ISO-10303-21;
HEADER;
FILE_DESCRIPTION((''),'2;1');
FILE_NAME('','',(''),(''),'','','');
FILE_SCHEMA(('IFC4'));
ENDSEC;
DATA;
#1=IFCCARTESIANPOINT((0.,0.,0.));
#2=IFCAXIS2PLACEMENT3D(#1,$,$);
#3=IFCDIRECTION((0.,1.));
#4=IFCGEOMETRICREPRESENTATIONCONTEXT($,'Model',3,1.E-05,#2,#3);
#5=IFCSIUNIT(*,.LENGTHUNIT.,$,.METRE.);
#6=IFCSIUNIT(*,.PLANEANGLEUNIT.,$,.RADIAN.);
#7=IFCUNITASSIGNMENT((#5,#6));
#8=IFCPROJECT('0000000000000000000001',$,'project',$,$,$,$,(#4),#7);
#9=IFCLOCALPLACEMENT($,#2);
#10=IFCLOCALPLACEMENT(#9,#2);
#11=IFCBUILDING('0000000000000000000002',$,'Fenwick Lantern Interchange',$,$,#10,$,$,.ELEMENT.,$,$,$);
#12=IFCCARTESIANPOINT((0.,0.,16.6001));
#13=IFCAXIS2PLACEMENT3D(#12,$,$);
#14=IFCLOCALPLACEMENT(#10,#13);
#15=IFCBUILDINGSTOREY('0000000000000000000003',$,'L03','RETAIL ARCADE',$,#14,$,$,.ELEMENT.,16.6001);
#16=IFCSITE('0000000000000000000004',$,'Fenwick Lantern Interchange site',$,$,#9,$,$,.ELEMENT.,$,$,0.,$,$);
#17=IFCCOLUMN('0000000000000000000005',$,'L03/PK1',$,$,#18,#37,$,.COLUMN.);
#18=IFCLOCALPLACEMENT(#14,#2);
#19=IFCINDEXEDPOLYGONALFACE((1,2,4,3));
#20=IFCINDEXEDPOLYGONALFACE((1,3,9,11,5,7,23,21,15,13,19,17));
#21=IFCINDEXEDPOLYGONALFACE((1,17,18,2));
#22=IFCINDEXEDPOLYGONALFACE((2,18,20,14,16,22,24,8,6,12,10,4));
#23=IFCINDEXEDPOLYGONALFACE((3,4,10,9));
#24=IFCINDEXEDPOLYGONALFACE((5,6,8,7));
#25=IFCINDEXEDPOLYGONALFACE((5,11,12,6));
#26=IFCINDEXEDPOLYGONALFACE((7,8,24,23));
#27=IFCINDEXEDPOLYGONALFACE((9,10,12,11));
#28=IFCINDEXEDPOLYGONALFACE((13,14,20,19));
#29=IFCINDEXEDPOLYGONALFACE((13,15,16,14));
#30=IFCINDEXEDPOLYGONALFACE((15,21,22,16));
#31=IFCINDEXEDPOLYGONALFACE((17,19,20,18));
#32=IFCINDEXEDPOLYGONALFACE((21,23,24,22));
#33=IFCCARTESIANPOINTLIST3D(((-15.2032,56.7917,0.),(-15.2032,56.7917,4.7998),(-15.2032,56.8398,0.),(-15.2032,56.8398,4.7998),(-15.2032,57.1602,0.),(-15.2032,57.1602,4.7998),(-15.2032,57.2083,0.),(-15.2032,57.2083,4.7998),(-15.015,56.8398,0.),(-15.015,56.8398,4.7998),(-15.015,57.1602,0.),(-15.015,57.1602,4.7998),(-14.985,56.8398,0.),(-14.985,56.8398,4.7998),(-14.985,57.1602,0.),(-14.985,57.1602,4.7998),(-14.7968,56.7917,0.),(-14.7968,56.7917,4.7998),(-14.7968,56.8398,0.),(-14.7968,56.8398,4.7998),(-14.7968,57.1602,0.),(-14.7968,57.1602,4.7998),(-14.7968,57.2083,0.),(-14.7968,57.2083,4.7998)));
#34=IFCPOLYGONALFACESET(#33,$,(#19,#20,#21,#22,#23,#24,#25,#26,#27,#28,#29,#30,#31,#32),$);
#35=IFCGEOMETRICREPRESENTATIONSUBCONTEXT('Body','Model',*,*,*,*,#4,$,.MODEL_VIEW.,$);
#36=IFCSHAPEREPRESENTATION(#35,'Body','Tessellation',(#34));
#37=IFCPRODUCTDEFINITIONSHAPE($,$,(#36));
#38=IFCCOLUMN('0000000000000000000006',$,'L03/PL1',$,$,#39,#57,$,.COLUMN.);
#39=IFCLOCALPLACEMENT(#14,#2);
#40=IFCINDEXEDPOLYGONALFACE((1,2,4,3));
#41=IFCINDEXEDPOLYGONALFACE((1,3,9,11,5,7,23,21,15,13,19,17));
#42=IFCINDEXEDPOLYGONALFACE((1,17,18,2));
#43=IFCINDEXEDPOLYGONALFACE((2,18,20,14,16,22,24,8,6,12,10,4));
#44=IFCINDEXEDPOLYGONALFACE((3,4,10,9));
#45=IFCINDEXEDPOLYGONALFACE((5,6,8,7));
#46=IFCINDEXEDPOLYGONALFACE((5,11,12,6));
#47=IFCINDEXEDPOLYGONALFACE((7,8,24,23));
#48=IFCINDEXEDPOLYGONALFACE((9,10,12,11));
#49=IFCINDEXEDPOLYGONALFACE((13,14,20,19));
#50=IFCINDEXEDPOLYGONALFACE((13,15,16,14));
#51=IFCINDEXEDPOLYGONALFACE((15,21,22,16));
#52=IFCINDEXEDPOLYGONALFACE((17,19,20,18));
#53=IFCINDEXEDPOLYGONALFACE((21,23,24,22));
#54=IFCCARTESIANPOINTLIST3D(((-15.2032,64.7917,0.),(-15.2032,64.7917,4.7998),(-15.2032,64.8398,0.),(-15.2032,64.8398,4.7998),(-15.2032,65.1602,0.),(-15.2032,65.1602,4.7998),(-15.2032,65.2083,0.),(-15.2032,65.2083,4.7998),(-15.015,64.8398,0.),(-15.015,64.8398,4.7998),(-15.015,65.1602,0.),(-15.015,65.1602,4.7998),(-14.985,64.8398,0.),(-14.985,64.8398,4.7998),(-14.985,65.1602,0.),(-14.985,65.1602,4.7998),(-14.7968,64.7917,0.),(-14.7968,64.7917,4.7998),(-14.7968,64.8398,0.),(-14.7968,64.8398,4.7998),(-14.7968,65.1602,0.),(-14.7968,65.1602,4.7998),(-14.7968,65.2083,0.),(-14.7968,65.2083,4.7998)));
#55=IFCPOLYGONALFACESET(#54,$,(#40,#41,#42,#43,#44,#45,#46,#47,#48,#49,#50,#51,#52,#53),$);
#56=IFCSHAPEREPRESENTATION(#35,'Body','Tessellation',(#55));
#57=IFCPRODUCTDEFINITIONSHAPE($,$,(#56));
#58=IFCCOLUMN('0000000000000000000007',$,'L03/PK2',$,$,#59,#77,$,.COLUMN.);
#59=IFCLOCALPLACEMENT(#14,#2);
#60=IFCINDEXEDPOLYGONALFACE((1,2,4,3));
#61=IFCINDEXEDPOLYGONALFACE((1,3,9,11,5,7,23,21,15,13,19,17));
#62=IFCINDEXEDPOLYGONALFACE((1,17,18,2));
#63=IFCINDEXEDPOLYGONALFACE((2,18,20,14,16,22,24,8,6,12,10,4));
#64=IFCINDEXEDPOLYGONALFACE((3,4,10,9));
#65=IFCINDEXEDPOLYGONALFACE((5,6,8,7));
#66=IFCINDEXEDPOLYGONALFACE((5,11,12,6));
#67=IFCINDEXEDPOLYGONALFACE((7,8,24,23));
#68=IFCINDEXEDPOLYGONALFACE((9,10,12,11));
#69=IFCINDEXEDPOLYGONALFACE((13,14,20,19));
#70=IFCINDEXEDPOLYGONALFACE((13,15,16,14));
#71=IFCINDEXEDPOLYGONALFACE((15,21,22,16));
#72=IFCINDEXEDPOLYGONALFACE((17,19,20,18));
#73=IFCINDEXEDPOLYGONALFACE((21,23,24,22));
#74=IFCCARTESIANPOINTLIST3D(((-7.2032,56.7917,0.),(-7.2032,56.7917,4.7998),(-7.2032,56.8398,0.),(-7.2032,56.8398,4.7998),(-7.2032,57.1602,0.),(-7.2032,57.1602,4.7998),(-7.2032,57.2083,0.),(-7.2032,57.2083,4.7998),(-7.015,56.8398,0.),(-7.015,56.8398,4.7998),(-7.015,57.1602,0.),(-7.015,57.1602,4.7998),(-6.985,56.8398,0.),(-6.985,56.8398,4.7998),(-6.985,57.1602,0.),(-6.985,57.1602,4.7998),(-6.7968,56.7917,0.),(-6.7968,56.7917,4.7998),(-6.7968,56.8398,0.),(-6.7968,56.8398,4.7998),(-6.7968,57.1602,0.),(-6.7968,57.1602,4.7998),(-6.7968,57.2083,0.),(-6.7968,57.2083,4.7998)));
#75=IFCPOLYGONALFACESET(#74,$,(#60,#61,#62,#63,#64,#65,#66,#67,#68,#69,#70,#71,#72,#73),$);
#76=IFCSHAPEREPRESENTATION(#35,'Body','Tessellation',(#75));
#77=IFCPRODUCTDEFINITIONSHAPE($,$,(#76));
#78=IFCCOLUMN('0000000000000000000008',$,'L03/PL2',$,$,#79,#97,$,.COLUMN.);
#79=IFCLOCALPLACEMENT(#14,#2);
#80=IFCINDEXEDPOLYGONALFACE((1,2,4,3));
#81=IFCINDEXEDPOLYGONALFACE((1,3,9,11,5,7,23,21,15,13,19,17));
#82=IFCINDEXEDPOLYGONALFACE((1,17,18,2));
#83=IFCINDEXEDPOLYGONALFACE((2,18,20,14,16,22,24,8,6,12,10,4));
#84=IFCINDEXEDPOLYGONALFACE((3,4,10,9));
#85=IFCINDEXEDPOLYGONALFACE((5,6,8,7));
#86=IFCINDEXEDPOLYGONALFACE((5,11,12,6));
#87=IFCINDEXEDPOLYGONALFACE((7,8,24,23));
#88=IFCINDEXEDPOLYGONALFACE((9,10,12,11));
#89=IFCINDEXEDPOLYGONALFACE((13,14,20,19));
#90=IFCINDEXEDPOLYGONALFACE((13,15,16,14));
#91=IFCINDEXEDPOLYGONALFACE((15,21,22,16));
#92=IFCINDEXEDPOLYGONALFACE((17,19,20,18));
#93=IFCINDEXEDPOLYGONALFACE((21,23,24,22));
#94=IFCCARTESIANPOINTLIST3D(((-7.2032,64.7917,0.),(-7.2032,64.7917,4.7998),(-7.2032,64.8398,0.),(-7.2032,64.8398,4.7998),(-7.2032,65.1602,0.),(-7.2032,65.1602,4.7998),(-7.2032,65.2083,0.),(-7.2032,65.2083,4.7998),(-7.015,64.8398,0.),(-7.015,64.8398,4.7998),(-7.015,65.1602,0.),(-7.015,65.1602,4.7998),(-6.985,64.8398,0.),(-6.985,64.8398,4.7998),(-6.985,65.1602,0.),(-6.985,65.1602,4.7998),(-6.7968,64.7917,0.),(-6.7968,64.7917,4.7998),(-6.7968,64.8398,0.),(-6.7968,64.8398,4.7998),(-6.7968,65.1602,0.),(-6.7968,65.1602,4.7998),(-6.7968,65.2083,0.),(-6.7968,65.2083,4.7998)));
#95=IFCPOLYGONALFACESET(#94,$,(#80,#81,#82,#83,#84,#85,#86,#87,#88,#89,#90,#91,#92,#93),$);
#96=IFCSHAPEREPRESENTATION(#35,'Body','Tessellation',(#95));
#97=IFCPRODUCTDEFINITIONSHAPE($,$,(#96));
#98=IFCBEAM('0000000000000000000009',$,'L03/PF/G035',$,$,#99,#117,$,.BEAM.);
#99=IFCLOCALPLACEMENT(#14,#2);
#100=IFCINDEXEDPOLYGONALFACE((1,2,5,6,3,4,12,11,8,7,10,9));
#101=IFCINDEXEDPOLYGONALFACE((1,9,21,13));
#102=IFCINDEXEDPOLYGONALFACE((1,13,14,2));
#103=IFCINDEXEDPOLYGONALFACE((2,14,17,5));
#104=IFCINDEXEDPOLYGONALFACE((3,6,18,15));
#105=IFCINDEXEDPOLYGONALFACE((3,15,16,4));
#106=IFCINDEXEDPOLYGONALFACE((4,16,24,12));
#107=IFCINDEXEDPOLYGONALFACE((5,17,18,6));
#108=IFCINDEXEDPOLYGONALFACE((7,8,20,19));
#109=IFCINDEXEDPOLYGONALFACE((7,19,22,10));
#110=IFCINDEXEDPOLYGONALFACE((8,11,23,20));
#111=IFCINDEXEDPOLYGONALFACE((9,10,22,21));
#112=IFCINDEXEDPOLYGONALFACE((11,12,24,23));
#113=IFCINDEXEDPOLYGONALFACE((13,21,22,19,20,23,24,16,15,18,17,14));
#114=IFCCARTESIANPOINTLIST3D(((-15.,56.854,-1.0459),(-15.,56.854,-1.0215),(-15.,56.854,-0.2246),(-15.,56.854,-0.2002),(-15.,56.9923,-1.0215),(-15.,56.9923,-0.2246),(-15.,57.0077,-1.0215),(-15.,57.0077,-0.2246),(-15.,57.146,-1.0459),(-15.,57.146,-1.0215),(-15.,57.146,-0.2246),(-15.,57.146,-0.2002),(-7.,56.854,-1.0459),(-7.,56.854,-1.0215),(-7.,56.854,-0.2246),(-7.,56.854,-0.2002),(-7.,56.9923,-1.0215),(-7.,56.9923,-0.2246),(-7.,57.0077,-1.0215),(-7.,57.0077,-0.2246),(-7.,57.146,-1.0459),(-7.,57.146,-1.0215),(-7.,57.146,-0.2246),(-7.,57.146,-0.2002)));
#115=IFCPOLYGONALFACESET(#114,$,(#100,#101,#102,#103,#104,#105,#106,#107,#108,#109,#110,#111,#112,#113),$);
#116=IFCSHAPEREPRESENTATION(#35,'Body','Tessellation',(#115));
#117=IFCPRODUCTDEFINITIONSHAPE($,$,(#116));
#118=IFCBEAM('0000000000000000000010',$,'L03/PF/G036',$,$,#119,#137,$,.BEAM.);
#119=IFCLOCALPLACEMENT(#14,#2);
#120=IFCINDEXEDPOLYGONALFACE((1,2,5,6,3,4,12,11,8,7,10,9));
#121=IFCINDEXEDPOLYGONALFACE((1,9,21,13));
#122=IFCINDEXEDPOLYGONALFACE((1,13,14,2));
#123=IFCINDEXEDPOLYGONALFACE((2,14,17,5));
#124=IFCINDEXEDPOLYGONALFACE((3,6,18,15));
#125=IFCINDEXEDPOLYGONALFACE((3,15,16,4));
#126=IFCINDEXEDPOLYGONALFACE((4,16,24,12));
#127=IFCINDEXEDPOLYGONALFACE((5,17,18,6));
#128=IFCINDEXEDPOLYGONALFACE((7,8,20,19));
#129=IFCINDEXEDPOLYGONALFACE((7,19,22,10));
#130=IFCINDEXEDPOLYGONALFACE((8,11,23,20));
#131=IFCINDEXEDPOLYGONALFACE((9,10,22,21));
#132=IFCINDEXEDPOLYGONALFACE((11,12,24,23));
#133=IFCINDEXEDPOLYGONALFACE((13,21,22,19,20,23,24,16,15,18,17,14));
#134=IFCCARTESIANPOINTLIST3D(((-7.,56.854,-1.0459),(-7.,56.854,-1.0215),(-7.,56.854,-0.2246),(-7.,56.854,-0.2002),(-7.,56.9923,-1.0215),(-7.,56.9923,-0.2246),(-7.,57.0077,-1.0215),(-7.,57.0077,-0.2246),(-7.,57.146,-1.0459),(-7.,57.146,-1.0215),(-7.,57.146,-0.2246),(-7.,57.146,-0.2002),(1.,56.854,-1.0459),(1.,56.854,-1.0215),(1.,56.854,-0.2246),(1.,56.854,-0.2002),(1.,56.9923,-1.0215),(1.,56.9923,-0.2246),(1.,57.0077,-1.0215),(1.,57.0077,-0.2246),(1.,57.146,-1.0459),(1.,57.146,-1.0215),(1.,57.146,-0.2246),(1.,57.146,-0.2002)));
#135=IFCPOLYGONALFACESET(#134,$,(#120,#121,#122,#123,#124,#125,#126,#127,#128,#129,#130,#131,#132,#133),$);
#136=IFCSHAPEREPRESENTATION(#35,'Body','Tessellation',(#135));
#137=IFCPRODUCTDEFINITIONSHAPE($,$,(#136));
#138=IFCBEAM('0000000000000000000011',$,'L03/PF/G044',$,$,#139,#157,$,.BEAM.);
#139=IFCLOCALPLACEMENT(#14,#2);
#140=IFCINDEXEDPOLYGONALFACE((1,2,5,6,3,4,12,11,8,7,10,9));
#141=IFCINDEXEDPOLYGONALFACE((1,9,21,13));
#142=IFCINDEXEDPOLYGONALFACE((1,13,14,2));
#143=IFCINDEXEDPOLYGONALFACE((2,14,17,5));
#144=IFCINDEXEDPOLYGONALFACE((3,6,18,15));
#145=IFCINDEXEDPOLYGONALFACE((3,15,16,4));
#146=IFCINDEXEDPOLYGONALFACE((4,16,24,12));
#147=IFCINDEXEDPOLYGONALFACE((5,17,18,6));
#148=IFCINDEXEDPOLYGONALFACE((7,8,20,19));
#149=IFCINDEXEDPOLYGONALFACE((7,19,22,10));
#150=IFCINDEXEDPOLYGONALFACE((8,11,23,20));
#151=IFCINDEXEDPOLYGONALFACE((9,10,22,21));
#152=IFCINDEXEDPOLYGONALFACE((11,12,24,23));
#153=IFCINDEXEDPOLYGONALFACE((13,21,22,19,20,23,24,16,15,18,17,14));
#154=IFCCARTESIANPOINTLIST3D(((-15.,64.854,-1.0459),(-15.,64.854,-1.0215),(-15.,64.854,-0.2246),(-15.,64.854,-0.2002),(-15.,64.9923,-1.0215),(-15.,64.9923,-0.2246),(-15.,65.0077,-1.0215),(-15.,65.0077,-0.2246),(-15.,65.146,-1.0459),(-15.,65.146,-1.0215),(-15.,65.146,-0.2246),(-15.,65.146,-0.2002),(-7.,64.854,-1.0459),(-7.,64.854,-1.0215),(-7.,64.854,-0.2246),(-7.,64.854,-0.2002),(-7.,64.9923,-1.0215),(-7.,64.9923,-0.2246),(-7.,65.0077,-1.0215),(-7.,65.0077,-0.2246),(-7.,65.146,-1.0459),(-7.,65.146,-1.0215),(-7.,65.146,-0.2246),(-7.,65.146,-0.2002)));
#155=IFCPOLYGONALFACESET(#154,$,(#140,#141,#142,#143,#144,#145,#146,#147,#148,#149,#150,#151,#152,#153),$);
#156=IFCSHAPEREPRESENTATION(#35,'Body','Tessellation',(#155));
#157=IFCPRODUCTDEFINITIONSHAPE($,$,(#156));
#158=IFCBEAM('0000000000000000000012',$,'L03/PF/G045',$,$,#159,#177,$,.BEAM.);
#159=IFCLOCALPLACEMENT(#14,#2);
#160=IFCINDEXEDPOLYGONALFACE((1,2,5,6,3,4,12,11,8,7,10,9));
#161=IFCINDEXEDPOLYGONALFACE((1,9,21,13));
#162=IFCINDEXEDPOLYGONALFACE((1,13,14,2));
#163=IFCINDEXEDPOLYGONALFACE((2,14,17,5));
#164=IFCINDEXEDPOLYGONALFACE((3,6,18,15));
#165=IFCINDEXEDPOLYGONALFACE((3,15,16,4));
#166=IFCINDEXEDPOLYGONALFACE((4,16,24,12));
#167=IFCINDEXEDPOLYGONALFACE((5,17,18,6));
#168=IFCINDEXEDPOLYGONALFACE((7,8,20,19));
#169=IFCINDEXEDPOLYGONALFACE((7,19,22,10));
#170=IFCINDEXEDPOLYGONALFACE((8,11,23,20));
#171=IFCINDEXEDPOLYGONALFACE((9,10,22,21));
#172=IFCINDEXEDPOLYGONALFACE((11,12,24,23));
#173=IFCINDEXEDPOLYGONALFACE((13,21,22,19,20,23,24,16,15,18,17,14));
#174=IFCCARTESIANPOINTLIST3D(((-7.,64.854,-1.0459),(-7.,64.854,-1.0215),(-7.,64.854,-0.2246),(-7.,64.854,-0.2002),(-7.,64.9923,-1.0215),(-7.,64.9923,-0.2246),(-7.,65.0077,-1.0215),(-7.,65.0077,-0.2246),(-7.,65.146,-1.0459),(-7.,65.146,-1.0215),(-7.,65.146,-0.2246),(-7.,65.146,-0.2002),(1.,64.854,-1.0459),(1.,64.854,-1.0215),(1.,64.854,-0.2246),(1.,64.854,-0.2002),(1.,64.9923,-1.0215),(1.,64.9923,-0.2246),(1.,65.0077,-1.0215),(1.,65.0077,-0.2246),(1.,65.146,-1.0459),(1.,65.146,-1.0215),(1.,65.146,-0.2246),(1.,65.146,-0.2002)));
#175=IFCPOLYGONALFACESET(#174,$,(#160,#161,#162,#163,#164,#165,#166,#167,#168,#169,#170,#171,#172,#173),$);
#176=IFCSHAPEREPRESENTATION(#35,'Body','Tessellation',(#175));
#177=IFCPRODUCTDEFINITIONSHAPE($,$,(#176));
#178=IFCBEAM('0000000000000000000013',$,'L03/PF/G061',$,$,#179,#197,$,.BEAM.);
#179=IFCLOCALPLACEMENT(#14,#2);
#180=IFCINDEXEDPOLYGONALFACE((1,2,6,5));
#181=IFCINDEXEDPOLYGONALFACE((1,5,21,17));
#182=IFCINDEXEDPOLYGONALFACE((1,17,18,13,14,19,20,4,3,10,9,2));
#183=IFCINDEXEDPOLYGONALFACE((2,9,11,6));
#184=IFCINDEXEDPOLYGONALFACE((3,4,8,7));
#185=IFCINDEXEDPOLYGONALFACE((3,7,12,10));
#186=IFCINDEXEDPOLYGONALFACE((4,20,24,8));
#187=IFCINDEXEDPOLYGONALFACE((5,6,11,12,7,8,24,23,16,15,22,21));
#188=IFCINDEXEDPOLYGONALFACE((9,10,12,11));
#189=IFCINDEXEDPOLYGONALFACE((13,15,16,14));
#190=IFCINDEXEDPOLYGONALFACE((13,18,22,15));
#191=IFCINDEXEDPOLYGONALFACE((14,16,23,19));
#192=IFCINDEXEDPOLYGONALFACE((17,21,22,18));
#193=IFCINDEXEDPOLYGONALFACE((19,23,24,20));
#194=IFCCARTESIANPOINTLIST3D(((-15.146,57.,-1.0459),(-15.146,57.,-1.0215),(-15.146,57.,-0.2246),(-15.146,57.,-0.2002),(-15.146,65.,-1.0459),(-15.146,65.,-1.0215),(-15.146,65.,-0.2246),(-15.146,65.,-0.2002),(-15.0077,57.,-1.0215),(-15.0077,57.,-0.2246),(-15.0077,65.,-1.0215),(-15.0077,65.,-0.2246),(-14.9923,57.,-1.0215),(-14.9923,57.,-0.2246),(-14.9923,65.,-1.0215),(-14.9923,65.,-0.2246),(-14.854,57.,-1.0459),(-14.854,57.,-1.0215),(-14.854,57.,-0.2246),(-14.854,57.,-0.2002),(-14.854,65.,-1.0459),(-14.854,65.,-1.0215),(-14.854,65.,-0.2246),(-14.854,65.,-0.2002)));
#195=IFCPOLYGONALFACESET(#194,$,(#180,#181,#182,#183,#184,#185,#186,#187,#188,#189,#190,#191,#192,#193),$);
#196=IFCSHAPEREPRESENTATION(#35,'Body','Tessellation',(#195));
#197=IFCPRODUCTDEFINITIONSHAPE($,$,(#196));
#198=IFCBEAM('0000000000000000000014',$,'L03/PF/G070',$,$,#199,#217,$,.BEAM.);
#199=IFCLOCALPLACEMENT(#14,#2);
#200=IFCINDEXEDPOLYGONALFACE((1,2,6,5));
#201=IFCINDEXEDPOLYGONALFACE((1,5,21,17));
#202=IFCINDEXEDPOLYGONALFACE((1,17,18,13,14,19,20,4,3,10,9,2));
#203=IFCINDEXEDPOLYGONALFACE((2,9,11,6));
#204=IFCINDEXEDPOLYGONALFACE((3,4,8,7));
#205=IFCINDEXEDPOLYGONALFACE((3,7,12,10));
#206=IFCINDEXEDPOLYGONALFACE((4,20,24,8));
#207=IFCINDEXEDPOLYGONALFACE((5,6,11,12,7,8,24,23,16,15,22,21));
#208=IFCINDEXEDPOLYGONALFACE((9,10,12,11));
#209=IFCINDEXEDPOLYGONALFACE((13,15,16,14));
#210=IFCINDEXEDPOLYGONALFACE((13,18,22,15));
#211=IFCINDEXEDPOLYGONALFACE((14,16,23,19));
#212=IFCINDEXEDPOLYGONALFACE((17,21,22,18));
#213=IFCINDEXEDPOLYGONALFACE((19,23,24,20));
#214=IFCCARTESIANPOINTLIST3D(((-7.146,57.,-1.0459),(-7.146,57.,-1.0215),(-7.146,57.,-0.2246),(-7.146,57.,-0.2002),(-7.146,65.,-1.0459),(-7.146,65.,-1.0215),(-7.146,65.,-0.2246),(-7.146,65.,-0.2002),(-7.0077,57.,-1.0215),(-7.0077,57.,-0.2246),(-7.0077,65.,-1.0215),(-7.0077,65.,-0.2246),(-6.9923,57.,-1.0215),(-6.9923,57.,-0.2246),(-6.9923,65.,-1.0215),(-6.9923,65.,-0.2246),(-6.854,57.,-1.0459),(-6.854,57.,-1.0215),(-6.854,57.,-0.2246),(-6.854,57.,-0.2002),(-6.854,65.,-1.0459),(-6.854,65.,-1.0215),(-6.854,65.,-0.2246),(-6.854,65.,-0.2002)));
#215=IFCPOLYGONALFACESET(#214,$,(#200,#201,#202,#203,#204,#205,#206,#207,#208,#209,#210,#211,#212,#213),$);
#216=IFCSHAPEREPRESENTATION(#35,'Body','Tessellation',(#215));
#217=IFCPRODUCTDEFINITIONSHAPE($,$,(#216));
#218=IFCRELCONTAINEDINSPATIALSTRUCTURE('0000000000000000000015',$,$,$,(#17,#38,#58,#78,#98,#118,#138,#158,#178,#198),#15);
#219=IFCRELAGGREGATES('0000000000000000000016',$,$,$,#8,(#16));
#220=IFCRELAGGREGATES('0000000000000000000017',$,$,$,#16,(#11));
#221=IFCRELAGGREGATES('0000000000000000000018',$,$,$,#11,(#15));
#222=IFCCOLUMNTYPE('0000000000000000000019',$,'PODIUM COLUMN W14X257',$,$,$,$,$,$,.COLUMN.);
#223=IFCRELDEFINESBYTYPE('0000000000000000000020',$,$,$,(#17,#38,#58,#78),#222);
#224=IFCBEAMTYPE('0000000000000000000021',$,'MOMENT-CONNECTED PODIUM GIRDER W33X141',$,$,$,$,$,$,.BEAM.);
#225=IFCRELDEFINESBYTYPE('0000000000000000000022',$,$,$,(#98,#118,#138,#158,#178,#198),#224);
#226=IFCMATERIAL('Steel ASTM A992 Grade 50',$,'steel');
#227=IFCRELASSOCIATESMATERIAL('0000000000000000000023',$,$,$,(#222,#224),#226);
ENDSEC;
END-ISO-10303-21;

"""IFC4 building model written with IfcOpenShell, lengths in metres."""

from ifc_helpers import new_model, si_unit, direction, frame, origin, origin_2d, place, context, subcontext, project, spatial, i_section, extrude, material, material_profile, profile_set, type_object, element, save


model = new_model("IFC4")

# Units and contexts
model_context = context("Model", 3, precision=1e-05, world=origin(), true_north=direction((0.0, 1.0)))
body_context = subcontext(model_context, "Body", "Model", "MODEL_VIEW")
ifc_project = project(units=[si_unit("LENGTHUNIT", "METRE"), si_unit("PLANEANGLEUNIT", "RADIAN")], contexts=[model_context])

# Site, building, storey
site_placement = place(None, origin())
site = spatial("IfcSite", under=ifc_project, at=site_placement, Name="Fenwick Lantern Interchange site", CompositionType="ELEMENT", RefElevation=0.0)
building_placement = place(site_placement, origin())
building = spatial("IfcBuilding", under=site, at=building_placement, Name="Fenwick Lantern Interchange", CompositionType="ELEMENT")
storey_placement = place(building_placement, frame((0.0, 0.0, 16.6001)))
storey = spatial("IfcBuildingStorey", under=building, at=storey_placement, Name="L03", Description="RETAIL ARCADE", CompositionType="ELEMENT", Elevation=16.6001)

# Columns
ifc_material_1 = material(Name="Steel ASTM A992 Grade 50", Category="steel")
ifc_material_profile_1 = material_profile(ifc_material_1, i_section(OverallWidth=0.4065, OverallDepth=0.4165, WebThickness=0.03, FlangeThickness=0.0481, at=origin_2d()), Name="W14X257")
ifc_profile_set_1 = profile_set([ifc_material_profile_1], Name="Steel ASTM A992 Grade 50")
column_type = type_object("IfcColumnType", Name="PODIUM COLUMN W14X257", PredefinedType="COLUMN", material=ifc_profile_set_1)
for number, where, z_axis, x_axis, name in (
    (1, (-15.0, 57.0, 0.0), (0.0, 0.0, 1.0), (1.0, 0.0, 0.0), "L03/PK1"),
    (2, (-15.0, 65.0, 0.0), (0.0, 0.0, 1.0), (1.0, 0.0, 0.0), "L03/PL1"),
    (3, (-7.0, 57.0, 0.0), (0.0, 0.0, 1.0), (1.0, 0.0, 0.0), "L03/PK2"),
    (4, (-7.0, 65.0, 0.0), (0.0, 0.0, 1.0), (1.0, 0.0, 0.0), "L03/PL2"),
):
    element("IfcColumn", number, at=place(storey_placement, frame(where, z_axis=z_axis, x_axis=x_axis)), inside=storey, type_object=column_type, Name=name, PredefinedType="COLUMN", context=body_context, shape_type="SweptSolid", body=[
        extrude(i_section(OverallWidth=0.4065, OverallDepth=0.4165, WebThickness=0.03, FlangeThickness=0.0481, at=origin_2d()), origin(), (0.0, 0.0, 1.0), 4.7998),
    ])

# Beams
ifc_material_profile_2 = material_profile(ifc_material_1, i_section(OverallWidth=0.292, OverallDepth=0.8457, WebThickness=0.0154, FlangeThickness=0.0244, at=origin_2d()), Name="W33X141")
ifc_profile_set_2 = profile_set([ifc_material_profile_2], Name="Steel ASTM A992 Grade 50")
beam_type_1 = type_object("IfcBeamType", Name="MOMENT-CONNECTED PODIUM GIRDER W33X141", PredefinedType="BEAM", material=ifc_profile_set_2)
for number, where, z_axis, x_axis, name in (
    (5, (-15.0, 57.0, -0.623), (1.0, 0.0, 0.0), (0.0, 1.0, 0.0), "L03/PF/G035"),
    (6, (-7.0, 57.0, -0.623), (1.0, 0.0, 0.0), (0.0, 1.0, 0.0), "L03/PF/G036"),
    (7, (-15.0, 65.0, -0.623), (1.0, 0.0, 0.0), (0.0, 1.0, 0.0), "L03/PF/G044"),
    (8, (-7.0, 65.0, -0.623), (1.0, 0.0, 0.0), (0.0, 1.0, 0.0), "L03/PF/G045"),
    (9, (-15.0, 57.0, -0.623), (0.0, 1.0, 0.0), (-1.0, 0.0, 0.0), "L03/PF/G061"),
    (10, (-7.0, 57.0, -0.623), (0.0, 1.0, 0.0), (-1.0, 0.0, 0.0), "L03/PF/G070"),
):
    element("IfcBeam", number, at=place(storey_placement, frame(where, z_axis=z_axis, x_axis=x_axis)), inside=storey, type_object=beam_type_1, Name=name, PredefinedType="BEAM", context=body_context, shape_type="SweptSolid", body=[
        extrude(i_section(OverallWidth=0.292, OverallDepth=0.8457, WebThickness=0.0154, FlangeThickness=0.0244, at=origin_2d()), origin(), (0.0, 0.0, 1.0), 8.0),
    ])

save(model, "model.ifc")
